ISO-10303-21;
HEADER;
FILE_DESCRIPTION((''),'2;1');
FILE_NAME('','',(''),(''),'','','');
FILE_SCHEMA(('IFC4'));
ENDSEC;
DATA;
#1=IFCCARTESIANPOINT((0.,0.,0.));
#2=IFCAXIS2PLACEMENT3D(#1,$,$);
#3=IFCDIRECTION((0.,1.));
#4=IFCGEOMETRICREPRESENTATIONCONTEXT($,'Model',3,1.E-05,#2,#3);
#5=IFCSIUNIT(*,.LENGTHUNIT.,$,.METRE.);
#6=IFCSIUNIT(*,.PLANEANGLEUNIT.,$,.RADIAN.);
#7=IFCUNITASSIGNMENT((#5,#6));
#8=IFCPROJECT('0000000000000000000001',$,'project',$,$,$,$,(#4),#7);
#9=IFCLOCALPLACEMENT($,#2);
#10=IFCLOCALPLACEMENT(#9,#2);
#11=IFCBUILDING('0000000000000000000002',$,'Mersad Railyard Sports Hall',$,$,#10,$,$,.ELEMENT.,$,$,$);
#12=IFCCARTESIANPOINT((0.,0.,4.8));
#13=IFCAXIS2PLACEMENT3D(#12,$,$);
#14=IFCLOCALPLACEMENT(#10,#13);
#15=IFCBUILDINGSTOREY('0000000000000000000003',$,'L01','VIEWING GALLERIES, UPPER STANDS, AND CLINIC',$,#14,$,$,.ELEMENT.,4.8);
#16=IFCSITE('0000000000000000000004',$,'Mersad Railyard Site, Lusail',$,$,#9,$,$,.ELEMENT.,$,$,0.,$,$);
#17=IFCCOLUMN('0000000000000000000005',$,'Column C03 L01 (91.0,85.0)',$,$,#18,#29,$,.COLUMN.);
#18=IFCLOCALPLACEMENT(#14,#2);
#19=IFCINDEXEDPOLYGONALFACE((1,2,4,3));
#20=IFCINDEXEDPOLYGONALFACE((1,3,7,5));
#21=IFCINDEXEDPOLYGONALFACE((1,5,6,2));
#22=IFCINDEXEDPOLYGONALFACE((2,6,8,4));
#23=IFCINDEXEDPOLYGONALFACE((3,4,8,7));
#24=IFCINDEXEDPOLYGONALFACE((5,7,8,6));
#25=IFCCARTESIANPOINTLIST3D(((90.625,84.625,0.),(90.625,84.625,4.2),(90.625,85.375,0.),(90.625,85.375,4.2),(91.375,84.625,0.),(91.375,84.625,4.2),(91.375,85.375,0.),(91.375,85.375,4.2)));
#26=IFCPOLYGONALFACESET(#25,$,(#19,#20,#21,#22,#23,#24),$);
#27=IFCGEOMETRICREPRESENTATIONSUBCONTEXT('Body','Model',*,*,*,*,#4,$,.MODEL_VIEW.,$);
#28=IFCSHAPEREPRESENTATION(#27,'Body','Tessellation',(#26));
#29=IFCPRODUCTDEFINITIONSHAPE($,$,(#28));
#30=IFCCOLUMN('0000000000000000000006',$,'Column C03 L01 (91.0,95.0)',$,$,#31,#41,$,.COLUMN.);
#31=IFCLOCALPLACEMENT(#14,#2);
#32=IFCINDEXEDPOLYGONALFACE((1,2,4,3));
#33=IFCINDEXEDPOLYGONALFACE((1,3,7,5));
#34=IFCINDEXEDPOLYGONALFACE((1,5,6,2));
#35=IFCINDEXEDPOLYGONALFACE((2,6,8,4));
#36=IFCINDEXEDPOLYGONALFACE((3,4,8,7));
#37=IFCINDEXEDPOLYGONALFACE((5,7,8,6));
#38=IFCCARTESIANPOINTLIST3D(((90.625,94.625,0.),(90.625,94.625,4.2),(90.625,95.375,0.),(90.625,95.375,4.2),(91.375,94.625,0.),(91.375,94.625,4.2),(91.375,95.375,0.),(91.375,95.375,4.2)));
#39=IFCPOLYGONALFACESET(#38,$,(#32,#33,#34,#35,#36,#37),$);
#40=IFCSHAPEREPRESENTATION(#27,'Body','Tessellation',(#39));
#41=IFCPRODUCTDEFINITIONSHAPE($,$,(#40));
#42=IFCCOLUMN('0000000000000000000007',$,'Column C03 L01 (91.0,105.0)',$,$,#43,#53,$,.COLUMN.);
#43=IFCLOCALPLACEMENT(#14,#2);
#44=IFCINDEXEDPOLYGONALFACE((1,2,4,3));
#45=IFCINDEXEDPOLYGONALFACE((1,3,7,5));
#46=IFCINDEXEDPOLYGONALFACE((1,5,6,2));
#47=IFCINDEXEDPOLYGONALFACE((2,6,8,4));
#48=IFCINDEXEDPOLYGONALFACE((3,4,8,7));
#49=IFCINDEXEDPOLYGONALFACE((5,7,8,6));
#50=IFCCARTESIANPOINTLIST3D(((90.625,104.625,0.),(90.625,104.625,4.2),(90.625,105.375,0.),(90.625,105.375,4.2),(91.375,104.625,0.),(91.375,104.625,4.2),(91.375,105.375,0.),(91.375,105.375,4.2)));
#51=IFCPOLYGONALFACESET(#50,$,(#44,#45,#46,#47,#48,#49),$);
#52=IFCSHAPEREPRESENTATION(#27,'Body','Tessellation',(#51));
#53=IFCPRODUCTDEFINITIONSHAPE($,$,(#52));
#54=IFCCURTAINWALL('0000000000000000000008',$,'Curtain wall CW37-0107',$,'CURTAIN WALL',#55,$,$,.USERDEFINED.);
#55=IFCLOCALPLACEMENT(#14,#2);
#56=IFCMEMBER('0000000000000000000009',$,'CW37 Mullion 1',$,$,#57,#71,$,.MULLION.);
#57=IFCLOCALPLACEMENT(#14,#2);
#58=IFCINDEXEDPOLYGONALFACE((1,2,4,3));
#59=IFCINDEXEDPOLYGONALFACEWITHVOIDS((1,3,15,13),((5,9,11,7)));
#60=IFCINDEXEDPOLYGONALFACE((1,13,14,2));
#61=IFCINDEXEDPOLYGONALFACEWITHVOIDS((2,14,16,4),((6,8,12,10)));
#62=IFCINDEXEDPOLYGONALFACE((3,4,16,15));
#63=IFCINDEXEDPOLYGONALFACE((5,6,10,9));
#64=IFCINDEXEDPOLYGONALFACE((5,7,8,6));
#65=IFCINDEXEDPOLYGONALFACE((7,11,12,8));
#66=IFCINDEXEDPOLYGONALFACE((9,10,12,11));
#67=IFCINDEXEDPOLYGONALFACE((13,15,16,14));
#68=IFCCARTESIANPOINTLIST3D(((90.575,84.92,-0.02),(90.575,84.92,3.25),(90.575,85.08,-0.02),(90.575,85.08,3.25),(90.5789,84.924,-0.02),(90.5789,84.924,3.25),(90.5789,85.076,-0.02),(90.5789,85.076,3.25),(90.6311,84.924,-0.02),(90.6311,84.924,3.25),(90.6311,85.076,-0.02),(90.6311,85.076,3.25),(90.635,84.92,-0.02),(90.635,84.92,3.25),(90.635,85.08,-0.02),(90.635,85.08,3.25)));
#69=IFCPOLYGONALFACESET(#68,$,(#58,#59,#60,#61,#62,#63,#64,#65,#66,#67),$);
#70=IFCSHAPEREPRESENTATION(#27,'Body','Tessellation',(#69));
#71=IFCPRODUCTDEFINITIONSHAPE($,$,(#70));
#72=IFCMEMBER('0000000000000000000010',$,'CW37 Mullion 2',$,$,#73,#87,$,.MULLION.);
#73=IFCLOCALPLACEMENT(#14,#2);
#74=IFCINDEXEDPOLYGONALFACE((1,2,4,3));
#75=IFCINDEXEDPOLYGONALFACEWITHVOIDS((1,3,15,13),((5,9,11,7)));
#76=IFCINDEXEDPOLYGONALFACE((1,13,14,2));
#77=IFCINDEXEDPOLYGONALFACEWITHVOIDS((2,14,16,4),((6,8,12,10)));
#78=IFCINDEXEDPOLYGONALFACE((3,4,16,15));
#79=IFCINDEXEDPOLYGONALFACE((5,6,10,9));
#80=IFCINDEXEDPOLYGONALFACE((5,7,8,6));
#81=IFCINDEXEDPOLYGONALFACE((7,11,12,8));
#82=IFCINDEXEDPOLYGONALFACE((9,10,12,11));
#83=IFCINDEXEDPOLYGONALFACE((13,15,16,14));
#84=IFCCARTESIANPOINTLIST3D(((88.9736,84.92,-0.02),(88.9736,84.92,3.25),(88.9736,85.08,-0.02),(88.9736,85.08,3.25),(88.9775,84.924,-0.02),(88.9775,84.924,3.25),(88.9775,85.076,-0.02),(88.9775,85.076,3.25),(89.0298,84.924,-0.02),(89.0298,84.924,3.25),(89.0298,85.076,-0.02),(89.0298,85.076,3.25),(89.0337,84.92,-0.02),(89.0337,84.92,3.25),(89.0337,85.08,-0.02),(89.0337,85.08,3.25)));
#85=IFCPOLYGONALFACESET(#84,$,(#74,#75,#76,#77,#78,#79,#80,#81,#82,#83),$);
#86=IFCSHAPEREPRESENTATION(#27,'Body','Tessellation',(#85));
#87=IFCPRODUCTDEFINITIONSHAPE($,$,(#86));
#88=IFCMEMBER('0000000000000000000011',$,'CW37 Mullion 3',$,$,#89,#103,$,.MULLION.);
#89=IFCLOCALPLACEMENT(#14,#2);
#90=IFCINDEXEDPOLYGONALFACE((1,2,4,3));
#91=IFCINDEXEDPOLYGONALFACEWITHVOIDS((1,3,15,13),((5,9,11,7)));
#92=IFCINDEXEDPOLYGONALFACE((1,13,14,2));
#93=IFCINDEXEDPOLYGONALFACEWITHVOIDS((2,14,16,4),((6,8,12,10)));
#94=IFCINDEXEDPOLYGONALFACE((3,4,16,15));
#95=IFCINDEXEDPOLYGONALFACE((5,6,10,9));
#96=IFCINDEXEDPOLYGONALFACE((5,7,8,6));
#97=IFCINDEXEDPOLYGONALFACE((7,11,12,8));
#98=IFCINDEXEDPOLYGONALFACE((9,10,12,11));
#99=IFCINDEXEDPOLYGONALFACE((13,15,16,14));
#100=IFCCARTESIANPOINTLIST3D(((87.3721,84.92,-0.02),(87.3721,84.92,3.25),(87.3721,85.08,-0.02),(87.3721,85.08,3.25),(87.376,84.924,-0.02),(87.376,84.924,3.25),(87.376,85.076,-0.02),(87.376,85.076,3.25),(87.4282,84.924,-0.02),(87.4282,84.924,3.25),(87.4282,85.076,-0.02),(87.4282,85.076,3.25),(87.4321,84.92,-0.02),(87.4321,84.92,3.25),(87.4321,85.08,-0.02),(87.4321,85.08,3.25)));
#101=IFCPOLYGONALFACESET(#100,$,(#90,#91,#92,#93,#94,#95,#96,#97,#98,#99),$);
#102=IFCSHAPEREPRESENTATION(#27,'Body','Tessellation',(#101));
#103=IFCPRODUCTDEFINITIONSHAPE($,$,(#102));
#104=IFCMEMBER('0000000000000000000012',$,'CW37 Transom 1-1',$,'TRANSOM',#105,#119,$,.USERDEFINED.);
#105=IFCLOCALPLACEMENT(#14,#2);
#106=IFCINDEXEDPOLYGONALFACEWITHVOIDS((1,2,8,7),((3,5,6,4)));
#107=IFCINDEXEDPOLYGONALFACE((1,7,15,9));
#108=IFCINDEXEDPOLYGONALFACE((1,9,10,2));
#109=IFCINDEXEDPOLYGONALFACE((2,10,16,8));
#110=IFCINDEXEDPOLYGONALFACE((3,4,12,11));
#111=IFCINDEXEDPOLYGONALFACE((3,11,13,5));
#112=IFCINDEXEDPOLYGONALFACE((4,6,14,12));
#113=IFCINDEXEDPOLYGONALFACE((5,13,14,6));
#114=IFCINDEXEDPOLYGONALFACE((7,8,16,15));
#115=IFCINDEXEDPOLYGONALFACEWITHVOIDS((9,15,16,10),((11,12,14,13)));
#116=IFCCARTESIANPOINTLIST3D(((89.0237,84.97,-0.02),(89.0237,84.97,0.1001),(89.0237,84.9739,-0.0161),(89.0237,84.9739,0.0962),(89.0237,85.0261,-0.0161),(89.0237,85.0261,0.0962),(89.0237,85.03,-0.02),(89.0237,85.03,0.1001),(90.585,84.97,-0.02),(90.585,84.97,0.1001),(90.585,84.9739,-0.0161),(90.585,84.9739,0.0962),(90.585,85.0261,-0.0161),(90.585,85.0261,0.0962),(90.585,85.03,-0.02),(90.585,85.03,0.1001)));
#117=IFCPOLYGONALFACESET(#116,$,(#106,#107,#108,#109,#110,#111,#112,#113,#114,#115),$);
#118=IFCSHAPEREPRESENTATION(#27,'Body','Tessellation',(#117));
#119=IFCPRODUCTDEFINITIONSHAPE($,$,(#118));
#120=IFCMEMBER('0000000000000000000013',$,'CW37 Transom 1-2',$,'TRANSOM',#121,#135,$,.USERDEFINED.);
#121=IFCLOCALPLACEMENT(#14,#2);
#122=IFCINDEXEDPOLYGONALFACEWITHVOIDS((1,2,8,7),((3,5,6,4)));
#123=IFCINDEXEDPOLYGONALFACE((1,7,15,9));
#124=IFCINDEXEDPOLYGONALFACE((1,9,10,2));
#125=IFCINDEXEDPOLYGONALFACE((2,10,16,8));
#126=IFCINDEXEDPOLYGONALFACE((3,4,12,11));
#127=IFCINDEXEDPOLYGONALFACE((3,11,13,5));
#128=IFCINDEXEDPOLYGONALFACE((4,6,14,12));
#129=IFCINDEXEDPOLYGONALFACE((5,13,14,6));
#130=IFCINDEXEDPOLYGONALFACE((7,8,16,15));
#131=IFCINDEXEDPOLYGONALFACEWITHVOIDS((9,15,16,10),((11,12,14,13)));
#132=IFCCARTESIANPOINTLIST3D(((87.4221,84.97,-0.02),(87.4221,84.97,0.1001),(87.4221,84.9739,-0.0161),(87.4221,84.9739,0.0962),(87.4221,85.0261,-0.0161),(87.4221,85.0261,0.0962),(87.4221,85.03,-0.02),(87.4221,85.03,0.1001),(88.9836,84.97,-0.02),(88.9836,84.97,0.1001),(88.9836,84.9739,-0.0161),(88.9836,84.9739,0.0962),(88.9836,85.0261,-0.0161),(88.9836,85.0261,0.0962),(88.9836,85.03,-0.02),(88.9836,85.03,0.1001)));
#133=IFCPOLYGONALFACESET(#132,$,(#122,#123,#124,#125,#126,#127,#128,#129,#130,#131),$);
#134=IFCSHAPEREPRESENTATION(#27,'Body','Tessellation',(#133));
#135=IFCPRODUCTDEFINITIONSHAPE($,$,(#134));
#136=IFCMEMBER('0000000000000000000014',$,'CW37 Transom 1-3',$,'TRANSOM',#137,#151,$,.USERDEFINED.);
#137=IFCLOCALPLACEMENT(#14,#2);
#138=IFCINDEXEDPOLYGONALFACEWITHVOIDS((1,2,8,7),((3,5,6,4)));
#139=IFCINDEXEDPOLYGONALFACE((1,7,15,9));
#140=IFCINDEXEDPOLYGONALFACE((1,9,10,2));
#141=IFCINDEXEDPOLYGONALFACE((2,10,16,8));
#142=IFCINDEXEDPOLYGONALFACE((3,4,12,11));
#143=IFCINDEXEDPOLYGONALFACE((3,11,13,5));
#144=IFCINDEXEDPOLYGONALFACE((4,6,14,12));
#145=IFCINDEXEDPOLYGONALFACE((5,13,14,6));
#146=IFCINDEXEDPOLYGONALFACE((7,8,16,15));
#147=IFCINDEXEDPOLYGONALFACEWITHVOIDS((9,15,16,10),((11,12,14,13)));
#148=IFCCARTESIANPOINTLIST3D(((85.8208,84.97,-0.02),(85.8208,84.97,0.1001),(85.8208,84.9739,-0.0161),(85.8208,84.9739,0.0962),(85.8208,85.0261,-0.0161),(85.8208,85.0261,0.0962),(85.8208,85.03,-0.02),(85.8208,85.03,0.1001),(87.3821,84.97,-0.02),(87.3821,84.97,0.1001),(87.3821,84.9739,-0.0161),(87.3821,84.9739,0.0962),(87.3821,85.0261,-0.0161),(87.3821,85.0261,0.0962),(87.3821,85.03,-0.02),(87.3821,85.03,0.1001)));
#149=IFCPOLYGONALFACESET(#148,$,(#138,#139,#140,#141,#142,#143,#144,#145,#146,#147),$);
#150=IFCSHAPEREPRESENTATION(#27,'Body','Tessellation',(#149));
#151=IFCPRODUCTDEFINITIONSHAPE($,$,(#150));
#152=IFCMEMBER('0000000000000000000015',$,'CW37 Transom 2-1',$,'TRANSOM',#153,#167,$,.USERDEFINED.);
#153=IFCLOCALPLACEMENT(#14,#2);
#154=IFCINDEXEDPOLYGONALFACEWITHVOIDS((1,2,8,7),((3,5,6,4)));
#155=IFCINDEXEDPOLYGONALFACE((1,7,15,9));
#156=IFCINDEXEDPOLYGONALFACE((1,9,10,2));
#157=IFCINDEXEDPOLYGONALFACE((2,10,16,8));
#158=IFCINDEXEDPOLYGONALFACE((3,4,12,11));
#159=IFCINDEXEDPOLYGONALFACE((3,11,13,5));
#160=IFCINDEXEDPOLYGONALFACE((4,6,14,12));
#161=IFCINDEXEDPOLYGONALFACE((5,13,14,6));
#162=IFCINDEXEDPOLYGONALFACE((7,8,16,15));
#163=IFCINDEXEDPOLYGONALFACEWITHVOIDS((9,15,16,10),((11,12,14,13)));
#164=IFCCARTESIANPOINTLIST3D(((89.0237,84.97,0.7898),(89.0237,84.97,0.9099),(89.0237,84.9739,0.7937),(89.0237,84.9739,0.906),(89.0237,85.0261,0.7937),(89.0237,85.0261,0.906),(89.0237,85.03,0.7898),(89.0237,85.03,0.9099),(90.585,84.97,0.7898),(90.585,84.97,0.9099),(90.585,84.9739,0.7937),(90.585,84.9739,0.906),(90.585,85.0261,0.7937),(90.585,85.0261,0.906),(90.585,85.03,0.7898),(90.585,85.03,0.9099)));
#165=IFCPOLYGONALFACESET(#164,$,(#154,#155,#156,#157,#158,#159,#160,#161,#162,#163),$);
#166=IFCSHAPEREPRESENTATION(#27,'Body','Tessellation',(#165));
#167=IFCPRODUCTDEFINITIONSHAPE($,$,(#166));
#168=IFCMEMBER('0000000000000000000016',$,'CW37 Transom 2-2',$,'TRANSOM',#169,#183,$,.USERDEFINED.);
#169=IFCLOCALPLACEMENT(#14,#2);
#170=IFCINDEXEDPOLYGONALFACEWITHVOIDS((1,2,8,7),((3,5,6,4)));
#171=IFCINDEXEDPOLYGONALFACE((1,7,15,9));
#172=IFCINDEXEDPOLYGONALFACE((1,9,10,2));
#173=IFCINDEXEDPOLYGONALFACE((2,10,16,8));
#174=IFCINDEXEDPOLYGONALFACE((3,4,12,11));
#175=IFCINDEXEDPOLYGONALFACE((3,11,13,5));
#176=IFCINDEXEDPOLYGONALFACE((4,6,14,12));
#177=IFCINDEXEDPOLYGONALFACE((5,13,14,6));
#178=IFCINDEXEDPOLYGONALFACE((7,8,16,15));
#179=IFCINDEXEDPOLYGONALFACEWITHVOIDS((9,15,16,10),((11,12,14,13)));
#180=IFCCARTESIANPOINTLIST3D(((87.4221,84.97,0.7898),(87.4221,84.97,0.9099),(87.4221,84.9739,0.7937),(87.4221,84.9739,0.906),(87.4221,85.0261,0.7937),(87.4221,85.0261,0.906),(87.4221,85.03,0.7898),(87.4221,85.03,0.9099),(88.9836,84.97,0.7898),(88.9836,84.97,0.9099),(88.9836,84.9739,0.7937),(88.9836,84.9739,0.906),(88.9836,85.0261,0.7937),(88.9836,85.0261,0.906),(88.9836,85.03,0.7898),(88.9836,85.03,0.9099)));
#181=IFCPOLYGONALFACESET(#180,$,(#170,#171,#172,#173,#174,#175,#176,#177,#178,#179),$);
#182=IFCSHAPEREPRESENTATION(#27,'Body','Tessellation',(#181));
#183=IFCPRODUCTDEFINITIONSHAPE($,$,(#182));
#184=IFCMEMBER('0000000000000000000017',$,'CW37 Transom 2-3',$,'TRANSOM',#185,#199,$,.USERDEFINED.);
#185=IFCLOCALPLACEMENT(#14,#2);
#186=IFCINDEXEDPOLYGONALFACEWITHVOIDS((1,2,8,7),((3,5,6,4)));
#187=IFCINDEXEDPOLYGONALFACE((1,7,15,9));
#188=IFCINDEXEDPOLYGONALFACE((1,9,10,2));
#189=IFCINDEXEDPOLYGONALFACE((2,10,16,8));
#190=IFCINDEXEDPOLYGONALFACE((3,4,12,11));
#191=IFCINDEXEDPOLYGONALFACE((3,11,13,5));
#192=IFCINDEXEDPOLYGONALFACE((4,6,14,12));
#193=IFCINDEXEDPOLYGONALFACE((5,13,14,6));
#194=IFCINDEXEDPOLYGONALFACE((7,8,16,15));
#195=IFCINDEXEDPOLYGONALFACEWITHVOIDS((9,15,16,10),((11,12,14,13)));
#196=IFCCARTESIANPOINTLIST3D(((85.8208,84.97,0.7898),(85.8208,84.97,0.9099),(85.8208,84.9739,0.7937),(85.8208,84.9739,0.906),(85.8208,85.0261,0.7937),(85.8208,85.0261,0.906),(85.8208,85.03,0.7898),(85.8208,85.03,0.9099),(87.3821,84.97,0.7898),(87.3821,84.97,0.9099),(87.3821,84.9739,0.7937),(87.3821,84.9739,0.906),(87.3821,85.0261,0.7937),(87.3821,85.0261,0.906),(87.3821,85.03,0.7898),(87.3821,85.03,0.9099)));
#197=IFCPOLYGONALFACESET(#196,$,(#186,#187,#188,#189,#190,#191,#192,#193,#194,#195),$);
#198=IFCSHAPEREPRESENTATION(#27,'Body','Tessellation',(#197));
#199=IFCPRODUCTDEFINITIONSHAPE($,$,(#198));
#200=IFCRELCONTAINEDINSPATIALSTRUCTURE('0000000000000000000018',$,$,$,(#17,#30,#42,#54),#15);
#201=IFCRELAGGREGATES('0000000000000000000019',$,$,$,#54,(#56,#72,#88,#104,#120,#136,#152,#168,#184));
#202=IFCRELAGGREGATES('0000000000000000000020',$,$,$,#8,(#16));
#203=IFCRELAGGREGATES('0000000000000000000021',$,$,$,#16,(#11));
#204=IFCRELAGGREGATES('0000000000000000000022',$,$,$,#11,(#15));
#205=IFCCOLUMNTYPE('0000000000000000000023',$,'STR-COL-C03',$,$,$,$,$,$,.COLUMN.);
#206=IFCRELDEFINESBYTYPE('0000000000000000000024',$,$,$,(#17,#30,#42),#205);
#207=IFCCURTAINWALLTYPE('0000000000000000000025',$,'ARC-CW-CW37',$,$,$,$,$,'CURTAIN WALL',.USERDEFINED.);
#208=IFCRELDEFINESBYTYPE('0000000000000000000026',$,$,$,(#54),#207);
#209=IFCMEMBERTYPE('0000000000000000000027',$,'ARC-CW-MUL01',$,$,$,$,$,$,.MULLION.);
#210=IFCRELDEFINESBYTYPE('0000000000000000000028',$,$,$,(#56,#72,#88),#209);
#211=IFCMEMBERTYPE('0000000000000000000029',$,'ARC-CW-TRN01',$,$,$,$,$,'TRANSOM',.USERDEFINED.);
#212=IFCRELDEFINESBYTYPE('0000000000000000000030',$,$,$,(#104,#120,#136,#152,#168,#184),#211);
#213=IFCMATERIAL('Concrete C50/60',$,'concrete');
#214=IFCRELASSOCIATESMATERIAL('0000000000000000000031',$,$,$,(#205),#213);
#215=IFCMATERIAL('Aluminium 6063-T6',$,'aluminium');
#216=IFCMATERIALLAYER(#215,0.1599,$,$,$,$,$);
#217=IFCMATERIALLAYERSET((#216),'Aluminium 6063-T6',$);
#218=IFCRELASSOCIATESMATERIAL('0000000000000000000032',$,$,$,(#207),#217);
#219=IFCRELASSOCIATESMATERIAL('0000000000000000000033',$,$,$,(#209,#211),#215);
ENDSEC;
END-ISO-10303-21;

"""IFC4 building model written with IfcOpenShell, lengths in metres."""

from ifc_helpers import new_model, si_unit, direction, frame, origin, origin_2d, place, context, subcontext, project, spatial, rectangle, hollow_rectangle, extrude, material, layer, layer_set, material_profile, profile_set, type_object, element, aggregate, save


model = new_model("IFC4")

# Units and contexts
model_context = context("Model", 3, precision=1e-05, world=origin(), true_north=direction((0.0, 1.0)))
body_context = subcontext(model_context, "Body", "Model", "MODEL_VIEW")
ifc_project = project(units=[si_unit("LENGTHUNIT", "METRE"), si_unit("PLANEANGLEUNIT", "RADIAN")], contexts=[model_context])

# Site, building, storey
site_placement = place(None, origin())
site = spatial("IfcSite", under=ifc_project, at=site_placement, Name="Mersad Railyard Site, Lusail", CompositionType="ELEMENT", RefElevation=0.0)
building_placement = place(site_placement, origin())
building = spatial("IfcBuilding", under=site, at=building_placement, Name="Mersad Railyard Sports Hall", CompositionType="ELEMENT")
storey_placement = place(building_placement, frame((0.0, 0.0, 4.8)))
storey = spatial("IfcBuildingStorey", under=building, at=storey_placement, Name="L01", Description="VIEWING GALLERIES, UPPER STANDS, AND CLINIC", CompositionType="ELEMENT", Elevation=4.8)

# Columns
ifc_material_1 = material(Name="Concrete C50/60", Category="concrete")
ifc_material_profile_1 = material_profile(ifc_material_1, rectangle(XDim=0.75, YDim=0.75, at=origin_2d()), Name="RC 750x750")
ifc_profile_set_1 = profile_set([ifc_material_profile_1], Name="Concrete C50/60")
column_type = type_object("IfcColumnType", Name="STR-COL-C03", PredefinedType="COLUMN", material=ifc_profile_set_1)
for number, where, z_axis, x_axis, name in (
    (1, (91.0, 85.0, 0.0), (0.0, 0.0, 1.0), (1.0, 0.0, 0.0), "Column C03 L01 (91.0,85.0)"),
    (2, (91.0, 95.0, 0.0), (0.0, 0.0, 1.0), (1.0, 0.0, 0.0), "Column C03 L01 (91.0,95.0)"),
    (3, (91.0, 105.0, 0.0), (0.0, 0.0, 1.0), (1.0, 0.0, 0.0), "Column C03 L01 (91.0,105.0)"),
):
    element("IfcColumn", number, at=place(storey_placement, frame(where, z_axis=z_axis, x_axis=x_axis)), inside=storey, type_object=column_type, Name=name, PredefinedType="COLUMN", context=body_context, shape_type="SweptSolid", body=[
        extrude(rectangle(XDim=0.75, YDim=0.75, at=origin_2d()), origin(), (0.0, 0.0, 1.0), 4.2),
    ])

# Curtain wall, members
ifc_material_2 = material(Name="Aluminium 6063-T6", Category="aluminium")
ifc_layer_1 = layer(ifc_material_2, 0.1599)
ifc_layer_set_1 = layer_set([ifc_layer_1], Name="Aluminium 6063-T6")
curtain_wall_type = type_object("IfcCurtainWallType", Name="ARC-CW-CW37", ElementType="CURTAIN WALL", PredefinedType="USERDEFINED", material=ifc_layer_set_1)
curtain_wall_placement = place(storey_placement, origin())
curtain_wall = element("IfcCurtainWall", 4, at=curtain_wall_placement, inside=storey, type_object=curtain_wall_type, Name="Curtain wall CW37-0107", ObjectType="CURTAIN WALL", PredefinedType="USERDEFINED")
ifc_material_profile_2 = material_profile(ifc_material_2, hollow_rectangle(XDim=0.0601, YDim=0.1599, WallThickness=0.0039, at=origin_2d()), Name="AL MULLION 60x160x4")
ifc_profile_set_2 = profile_set([ifc_material_profile_2], Name="Aluminium 6063-T6")
member_type_1 = type_object("IfcMemberType", Name="ARC-CW-MUL01", PredefinedType="MULLION", material=ifc_profile_set_2)
member_1_placement = place(storey_placement, frame((90.605, 85.0, -0.02), z_axis=(0.0, 0.0, 1.0), x_axis=(1.0, 0.0, 0.0)))
member_1 = element("IfcMember", 5, at=member_1_placement, type_object=member_type_1, Name="CW37 Mullion 1", PredefinedType="MULLION", context=body_context, shape_type="SweptSolid", body=[
    extrude(hollow_rectangle(XDim=0.0601, YDim=0.1599, WallThickness=0.0039, at=origin_2d()), origin(), (0.0, 0.0, 1.0), 3.27),
])
member_2_placement = place(storey_placement, frame((89.0037, 85.0, -0.02), z_axis=(0.0, 0.0, 1.0), x_axis=(1.0, 0.0, 0.0)))
member_2 = element("IfcMember", 6, at=member_2_placement, type_object=member_type_1, Name="CW37 Mullion 2", PredefinedType="MULLION", context=body_context, shape_type="SweptSolid", body=[
    extrude(hollow_rectangle(XDim=0.0601, YDim=0.1599, WallThickness=0.0039, at=origin_2d()), origin(), (0.0, 0.0, 1.0), 3.27),
])
member_3_placement = place(storey_placement, frame((87.4021, 85.0, -0.02), z_axis=(0.0, 0.0, 1.0), x_axis=(1.0, 0.0, 0.0)))
member_3 = element("IfcMember", 7, at=member_3_placement, type_object=member_type_1, Name="CW37 Mullion 3", PredefinedType="MULLION", context=body_context, shape_type="SweptSolid", body=[
    extrude(hollow_rectangle(XDim=0.0601, YDim=0.1599, WallThickness=0.0039, at=origin_2d()), origin(), (0.0, 0.0, 1.0), 3.27),
])
ifc_material_profile_3 = material_profile(ifc_material_2, hollow_rectangle(XDim=0.0601, YDim=0.1201, WallThickness=0.0039, at=origin_2d()), Name="AL TRANSOM 60x120x4")
ifc_profile_set_3 = profile_set([ifc_material_profile_3], Name="Aluminium 6063-T6")
member_type_2 = type_object("IfcMemberType", Name="ARC-CW-TRN01", ElementType="TRANSOM", PredefinedType="USERDEFINED", material=ifc_profile_set_3)
member_4_placement = place(storey_placement, frame((90.585, 85.0, 0.04), z_axis=(-1.0, 0.0, 0.0), x_axis=(0.0, -1.0, 0.0)))
member_4 = element("IfcMember", 8, at=member_4_placement, type_object=member_type_2, Name="CW37 Transom 1-1", ObjectType="TRANSOM", PredefinedType="USERDEFINED", context=body_context, shape_type="SweptSolid", body=[
    extrude(hollow_rectangle(XDim=0.0601, YDim=0.1201, WallThickness=0.0039, at=origin_2d()), origin(), (0.0, 0.0, 1.0), 1.5613),
])
member_5_placement = place(storey_placement, frame((88.9836, 85.0, 0.04), z_axis=(-1.0, 0.0, 0.0), x_axis=(0.0, -1.0, 0.0)))
member_5 = element("IfcMember", 9, at=member_5_placement, type_object=member_type_2, Name="CW37 Transom 1-2", ObjectType="TRANSOM", PredefinedType="USERDEFINED", context=body_context, shape_type="SweptSolid", body=[
    extrude(hollow_rectangle(XDim=0.0601, YDim=0.1201, WallThickness=0.0039, at=origin_2d()), origin(), (0.0, 0.0, 1.0), 1.5615),
])
member_6_placement = place(storey_placement, frame((87.3821, 85.0, 0.04), z_axis=(-1.0, 0.0, 0.0), x_axis=(0.0, -1.0, 0.0)))
member_6 = element("IfcMember", 10, at=member_6_placement, type_object=member_type_2, Name="CW37 Transom 1-3", ObjectType="TRANSOM", PredefinedType="USERDEFINED", context=body_context, shape_type="SweptSolid", body=[
    extrude(hollow_rectangle(XDim=0.0601, YDim=0.1201, WallThickness=0.0039, at=origin_2d()), origin(), (0.0, 0.0, 1.0), 1.5613),
])
member_7_placement = place(storey_placement, frame((90.585, 85.0, 0.8499), z_axis=(-1.0, 0.0, 0.0), x_axis=(0.0, -1.0, 0.0)))
member_7 = element("IfcMember", 11, at=member_7_placement, type_object=member_type_2, Name="CW37 Transom 2-1", ObjectType="TRANSOM", PredefinedType="USERDEFINED", context=body_context, shape_type="SweptSolid", body=[
    extrude(hollow_rectangle(XDim=0.0601, YDim=0.1201, WallThickness=0.0039, at=origin_2d()), origin(), (0.0, 0.0, 1.0), 1.5613),
])
member_8_placement = place(storey_placement, frame((88.9836, 85.0, 0.8499), z_axis=(-1.0, 0.0, 0.0), x_axis=(0.0, -1.0, 0.0)))
member_8 = element("IfcMember", 12, at=member_8_placement, type_object=member_type_2, Name="CW37 Transom 2-2", ObjectType="TRANSOM", PredefinedType="USERDEFINED", context=body_context, shape_type="SweptSolid", body=[
    extrude(hollow_rectangle(XDim=0.0601, YDim=0.1201, WallThickness=0.0039, at=origin_2d()), origin(), (0.0, 0.0, 1.0), 1.5615),
])
member_9_placement = place(storey_placement, frame((87.3821, 85.0, 0.8499), z_axis=(-1.0, 0.0, 0.0), x_axis=(0.0, -1.0, 0.0)))
member_9 = element("IfcMember", 13, at=member_9_placement, type_object=member_type_2, Name="CW37 Transom 2-3", ObjectType="TRANSOM", PredefinedType="USERDEFINED", context=body_context, shape_type="SweptSolid", body=[
    extrude(hollow_rectangle(XDim=0.0601, YDim=0.1201, WallThickness=0.0039, at=origin_2d()), origin(), (0.0, 0.0, 1.0), 1.5613),
])

aggregate(curtain_wall, [member_1, member_2, member_3, member_4, member_5, member_6, member_7, member_8, member_9])

save(model, "model.ifc")
